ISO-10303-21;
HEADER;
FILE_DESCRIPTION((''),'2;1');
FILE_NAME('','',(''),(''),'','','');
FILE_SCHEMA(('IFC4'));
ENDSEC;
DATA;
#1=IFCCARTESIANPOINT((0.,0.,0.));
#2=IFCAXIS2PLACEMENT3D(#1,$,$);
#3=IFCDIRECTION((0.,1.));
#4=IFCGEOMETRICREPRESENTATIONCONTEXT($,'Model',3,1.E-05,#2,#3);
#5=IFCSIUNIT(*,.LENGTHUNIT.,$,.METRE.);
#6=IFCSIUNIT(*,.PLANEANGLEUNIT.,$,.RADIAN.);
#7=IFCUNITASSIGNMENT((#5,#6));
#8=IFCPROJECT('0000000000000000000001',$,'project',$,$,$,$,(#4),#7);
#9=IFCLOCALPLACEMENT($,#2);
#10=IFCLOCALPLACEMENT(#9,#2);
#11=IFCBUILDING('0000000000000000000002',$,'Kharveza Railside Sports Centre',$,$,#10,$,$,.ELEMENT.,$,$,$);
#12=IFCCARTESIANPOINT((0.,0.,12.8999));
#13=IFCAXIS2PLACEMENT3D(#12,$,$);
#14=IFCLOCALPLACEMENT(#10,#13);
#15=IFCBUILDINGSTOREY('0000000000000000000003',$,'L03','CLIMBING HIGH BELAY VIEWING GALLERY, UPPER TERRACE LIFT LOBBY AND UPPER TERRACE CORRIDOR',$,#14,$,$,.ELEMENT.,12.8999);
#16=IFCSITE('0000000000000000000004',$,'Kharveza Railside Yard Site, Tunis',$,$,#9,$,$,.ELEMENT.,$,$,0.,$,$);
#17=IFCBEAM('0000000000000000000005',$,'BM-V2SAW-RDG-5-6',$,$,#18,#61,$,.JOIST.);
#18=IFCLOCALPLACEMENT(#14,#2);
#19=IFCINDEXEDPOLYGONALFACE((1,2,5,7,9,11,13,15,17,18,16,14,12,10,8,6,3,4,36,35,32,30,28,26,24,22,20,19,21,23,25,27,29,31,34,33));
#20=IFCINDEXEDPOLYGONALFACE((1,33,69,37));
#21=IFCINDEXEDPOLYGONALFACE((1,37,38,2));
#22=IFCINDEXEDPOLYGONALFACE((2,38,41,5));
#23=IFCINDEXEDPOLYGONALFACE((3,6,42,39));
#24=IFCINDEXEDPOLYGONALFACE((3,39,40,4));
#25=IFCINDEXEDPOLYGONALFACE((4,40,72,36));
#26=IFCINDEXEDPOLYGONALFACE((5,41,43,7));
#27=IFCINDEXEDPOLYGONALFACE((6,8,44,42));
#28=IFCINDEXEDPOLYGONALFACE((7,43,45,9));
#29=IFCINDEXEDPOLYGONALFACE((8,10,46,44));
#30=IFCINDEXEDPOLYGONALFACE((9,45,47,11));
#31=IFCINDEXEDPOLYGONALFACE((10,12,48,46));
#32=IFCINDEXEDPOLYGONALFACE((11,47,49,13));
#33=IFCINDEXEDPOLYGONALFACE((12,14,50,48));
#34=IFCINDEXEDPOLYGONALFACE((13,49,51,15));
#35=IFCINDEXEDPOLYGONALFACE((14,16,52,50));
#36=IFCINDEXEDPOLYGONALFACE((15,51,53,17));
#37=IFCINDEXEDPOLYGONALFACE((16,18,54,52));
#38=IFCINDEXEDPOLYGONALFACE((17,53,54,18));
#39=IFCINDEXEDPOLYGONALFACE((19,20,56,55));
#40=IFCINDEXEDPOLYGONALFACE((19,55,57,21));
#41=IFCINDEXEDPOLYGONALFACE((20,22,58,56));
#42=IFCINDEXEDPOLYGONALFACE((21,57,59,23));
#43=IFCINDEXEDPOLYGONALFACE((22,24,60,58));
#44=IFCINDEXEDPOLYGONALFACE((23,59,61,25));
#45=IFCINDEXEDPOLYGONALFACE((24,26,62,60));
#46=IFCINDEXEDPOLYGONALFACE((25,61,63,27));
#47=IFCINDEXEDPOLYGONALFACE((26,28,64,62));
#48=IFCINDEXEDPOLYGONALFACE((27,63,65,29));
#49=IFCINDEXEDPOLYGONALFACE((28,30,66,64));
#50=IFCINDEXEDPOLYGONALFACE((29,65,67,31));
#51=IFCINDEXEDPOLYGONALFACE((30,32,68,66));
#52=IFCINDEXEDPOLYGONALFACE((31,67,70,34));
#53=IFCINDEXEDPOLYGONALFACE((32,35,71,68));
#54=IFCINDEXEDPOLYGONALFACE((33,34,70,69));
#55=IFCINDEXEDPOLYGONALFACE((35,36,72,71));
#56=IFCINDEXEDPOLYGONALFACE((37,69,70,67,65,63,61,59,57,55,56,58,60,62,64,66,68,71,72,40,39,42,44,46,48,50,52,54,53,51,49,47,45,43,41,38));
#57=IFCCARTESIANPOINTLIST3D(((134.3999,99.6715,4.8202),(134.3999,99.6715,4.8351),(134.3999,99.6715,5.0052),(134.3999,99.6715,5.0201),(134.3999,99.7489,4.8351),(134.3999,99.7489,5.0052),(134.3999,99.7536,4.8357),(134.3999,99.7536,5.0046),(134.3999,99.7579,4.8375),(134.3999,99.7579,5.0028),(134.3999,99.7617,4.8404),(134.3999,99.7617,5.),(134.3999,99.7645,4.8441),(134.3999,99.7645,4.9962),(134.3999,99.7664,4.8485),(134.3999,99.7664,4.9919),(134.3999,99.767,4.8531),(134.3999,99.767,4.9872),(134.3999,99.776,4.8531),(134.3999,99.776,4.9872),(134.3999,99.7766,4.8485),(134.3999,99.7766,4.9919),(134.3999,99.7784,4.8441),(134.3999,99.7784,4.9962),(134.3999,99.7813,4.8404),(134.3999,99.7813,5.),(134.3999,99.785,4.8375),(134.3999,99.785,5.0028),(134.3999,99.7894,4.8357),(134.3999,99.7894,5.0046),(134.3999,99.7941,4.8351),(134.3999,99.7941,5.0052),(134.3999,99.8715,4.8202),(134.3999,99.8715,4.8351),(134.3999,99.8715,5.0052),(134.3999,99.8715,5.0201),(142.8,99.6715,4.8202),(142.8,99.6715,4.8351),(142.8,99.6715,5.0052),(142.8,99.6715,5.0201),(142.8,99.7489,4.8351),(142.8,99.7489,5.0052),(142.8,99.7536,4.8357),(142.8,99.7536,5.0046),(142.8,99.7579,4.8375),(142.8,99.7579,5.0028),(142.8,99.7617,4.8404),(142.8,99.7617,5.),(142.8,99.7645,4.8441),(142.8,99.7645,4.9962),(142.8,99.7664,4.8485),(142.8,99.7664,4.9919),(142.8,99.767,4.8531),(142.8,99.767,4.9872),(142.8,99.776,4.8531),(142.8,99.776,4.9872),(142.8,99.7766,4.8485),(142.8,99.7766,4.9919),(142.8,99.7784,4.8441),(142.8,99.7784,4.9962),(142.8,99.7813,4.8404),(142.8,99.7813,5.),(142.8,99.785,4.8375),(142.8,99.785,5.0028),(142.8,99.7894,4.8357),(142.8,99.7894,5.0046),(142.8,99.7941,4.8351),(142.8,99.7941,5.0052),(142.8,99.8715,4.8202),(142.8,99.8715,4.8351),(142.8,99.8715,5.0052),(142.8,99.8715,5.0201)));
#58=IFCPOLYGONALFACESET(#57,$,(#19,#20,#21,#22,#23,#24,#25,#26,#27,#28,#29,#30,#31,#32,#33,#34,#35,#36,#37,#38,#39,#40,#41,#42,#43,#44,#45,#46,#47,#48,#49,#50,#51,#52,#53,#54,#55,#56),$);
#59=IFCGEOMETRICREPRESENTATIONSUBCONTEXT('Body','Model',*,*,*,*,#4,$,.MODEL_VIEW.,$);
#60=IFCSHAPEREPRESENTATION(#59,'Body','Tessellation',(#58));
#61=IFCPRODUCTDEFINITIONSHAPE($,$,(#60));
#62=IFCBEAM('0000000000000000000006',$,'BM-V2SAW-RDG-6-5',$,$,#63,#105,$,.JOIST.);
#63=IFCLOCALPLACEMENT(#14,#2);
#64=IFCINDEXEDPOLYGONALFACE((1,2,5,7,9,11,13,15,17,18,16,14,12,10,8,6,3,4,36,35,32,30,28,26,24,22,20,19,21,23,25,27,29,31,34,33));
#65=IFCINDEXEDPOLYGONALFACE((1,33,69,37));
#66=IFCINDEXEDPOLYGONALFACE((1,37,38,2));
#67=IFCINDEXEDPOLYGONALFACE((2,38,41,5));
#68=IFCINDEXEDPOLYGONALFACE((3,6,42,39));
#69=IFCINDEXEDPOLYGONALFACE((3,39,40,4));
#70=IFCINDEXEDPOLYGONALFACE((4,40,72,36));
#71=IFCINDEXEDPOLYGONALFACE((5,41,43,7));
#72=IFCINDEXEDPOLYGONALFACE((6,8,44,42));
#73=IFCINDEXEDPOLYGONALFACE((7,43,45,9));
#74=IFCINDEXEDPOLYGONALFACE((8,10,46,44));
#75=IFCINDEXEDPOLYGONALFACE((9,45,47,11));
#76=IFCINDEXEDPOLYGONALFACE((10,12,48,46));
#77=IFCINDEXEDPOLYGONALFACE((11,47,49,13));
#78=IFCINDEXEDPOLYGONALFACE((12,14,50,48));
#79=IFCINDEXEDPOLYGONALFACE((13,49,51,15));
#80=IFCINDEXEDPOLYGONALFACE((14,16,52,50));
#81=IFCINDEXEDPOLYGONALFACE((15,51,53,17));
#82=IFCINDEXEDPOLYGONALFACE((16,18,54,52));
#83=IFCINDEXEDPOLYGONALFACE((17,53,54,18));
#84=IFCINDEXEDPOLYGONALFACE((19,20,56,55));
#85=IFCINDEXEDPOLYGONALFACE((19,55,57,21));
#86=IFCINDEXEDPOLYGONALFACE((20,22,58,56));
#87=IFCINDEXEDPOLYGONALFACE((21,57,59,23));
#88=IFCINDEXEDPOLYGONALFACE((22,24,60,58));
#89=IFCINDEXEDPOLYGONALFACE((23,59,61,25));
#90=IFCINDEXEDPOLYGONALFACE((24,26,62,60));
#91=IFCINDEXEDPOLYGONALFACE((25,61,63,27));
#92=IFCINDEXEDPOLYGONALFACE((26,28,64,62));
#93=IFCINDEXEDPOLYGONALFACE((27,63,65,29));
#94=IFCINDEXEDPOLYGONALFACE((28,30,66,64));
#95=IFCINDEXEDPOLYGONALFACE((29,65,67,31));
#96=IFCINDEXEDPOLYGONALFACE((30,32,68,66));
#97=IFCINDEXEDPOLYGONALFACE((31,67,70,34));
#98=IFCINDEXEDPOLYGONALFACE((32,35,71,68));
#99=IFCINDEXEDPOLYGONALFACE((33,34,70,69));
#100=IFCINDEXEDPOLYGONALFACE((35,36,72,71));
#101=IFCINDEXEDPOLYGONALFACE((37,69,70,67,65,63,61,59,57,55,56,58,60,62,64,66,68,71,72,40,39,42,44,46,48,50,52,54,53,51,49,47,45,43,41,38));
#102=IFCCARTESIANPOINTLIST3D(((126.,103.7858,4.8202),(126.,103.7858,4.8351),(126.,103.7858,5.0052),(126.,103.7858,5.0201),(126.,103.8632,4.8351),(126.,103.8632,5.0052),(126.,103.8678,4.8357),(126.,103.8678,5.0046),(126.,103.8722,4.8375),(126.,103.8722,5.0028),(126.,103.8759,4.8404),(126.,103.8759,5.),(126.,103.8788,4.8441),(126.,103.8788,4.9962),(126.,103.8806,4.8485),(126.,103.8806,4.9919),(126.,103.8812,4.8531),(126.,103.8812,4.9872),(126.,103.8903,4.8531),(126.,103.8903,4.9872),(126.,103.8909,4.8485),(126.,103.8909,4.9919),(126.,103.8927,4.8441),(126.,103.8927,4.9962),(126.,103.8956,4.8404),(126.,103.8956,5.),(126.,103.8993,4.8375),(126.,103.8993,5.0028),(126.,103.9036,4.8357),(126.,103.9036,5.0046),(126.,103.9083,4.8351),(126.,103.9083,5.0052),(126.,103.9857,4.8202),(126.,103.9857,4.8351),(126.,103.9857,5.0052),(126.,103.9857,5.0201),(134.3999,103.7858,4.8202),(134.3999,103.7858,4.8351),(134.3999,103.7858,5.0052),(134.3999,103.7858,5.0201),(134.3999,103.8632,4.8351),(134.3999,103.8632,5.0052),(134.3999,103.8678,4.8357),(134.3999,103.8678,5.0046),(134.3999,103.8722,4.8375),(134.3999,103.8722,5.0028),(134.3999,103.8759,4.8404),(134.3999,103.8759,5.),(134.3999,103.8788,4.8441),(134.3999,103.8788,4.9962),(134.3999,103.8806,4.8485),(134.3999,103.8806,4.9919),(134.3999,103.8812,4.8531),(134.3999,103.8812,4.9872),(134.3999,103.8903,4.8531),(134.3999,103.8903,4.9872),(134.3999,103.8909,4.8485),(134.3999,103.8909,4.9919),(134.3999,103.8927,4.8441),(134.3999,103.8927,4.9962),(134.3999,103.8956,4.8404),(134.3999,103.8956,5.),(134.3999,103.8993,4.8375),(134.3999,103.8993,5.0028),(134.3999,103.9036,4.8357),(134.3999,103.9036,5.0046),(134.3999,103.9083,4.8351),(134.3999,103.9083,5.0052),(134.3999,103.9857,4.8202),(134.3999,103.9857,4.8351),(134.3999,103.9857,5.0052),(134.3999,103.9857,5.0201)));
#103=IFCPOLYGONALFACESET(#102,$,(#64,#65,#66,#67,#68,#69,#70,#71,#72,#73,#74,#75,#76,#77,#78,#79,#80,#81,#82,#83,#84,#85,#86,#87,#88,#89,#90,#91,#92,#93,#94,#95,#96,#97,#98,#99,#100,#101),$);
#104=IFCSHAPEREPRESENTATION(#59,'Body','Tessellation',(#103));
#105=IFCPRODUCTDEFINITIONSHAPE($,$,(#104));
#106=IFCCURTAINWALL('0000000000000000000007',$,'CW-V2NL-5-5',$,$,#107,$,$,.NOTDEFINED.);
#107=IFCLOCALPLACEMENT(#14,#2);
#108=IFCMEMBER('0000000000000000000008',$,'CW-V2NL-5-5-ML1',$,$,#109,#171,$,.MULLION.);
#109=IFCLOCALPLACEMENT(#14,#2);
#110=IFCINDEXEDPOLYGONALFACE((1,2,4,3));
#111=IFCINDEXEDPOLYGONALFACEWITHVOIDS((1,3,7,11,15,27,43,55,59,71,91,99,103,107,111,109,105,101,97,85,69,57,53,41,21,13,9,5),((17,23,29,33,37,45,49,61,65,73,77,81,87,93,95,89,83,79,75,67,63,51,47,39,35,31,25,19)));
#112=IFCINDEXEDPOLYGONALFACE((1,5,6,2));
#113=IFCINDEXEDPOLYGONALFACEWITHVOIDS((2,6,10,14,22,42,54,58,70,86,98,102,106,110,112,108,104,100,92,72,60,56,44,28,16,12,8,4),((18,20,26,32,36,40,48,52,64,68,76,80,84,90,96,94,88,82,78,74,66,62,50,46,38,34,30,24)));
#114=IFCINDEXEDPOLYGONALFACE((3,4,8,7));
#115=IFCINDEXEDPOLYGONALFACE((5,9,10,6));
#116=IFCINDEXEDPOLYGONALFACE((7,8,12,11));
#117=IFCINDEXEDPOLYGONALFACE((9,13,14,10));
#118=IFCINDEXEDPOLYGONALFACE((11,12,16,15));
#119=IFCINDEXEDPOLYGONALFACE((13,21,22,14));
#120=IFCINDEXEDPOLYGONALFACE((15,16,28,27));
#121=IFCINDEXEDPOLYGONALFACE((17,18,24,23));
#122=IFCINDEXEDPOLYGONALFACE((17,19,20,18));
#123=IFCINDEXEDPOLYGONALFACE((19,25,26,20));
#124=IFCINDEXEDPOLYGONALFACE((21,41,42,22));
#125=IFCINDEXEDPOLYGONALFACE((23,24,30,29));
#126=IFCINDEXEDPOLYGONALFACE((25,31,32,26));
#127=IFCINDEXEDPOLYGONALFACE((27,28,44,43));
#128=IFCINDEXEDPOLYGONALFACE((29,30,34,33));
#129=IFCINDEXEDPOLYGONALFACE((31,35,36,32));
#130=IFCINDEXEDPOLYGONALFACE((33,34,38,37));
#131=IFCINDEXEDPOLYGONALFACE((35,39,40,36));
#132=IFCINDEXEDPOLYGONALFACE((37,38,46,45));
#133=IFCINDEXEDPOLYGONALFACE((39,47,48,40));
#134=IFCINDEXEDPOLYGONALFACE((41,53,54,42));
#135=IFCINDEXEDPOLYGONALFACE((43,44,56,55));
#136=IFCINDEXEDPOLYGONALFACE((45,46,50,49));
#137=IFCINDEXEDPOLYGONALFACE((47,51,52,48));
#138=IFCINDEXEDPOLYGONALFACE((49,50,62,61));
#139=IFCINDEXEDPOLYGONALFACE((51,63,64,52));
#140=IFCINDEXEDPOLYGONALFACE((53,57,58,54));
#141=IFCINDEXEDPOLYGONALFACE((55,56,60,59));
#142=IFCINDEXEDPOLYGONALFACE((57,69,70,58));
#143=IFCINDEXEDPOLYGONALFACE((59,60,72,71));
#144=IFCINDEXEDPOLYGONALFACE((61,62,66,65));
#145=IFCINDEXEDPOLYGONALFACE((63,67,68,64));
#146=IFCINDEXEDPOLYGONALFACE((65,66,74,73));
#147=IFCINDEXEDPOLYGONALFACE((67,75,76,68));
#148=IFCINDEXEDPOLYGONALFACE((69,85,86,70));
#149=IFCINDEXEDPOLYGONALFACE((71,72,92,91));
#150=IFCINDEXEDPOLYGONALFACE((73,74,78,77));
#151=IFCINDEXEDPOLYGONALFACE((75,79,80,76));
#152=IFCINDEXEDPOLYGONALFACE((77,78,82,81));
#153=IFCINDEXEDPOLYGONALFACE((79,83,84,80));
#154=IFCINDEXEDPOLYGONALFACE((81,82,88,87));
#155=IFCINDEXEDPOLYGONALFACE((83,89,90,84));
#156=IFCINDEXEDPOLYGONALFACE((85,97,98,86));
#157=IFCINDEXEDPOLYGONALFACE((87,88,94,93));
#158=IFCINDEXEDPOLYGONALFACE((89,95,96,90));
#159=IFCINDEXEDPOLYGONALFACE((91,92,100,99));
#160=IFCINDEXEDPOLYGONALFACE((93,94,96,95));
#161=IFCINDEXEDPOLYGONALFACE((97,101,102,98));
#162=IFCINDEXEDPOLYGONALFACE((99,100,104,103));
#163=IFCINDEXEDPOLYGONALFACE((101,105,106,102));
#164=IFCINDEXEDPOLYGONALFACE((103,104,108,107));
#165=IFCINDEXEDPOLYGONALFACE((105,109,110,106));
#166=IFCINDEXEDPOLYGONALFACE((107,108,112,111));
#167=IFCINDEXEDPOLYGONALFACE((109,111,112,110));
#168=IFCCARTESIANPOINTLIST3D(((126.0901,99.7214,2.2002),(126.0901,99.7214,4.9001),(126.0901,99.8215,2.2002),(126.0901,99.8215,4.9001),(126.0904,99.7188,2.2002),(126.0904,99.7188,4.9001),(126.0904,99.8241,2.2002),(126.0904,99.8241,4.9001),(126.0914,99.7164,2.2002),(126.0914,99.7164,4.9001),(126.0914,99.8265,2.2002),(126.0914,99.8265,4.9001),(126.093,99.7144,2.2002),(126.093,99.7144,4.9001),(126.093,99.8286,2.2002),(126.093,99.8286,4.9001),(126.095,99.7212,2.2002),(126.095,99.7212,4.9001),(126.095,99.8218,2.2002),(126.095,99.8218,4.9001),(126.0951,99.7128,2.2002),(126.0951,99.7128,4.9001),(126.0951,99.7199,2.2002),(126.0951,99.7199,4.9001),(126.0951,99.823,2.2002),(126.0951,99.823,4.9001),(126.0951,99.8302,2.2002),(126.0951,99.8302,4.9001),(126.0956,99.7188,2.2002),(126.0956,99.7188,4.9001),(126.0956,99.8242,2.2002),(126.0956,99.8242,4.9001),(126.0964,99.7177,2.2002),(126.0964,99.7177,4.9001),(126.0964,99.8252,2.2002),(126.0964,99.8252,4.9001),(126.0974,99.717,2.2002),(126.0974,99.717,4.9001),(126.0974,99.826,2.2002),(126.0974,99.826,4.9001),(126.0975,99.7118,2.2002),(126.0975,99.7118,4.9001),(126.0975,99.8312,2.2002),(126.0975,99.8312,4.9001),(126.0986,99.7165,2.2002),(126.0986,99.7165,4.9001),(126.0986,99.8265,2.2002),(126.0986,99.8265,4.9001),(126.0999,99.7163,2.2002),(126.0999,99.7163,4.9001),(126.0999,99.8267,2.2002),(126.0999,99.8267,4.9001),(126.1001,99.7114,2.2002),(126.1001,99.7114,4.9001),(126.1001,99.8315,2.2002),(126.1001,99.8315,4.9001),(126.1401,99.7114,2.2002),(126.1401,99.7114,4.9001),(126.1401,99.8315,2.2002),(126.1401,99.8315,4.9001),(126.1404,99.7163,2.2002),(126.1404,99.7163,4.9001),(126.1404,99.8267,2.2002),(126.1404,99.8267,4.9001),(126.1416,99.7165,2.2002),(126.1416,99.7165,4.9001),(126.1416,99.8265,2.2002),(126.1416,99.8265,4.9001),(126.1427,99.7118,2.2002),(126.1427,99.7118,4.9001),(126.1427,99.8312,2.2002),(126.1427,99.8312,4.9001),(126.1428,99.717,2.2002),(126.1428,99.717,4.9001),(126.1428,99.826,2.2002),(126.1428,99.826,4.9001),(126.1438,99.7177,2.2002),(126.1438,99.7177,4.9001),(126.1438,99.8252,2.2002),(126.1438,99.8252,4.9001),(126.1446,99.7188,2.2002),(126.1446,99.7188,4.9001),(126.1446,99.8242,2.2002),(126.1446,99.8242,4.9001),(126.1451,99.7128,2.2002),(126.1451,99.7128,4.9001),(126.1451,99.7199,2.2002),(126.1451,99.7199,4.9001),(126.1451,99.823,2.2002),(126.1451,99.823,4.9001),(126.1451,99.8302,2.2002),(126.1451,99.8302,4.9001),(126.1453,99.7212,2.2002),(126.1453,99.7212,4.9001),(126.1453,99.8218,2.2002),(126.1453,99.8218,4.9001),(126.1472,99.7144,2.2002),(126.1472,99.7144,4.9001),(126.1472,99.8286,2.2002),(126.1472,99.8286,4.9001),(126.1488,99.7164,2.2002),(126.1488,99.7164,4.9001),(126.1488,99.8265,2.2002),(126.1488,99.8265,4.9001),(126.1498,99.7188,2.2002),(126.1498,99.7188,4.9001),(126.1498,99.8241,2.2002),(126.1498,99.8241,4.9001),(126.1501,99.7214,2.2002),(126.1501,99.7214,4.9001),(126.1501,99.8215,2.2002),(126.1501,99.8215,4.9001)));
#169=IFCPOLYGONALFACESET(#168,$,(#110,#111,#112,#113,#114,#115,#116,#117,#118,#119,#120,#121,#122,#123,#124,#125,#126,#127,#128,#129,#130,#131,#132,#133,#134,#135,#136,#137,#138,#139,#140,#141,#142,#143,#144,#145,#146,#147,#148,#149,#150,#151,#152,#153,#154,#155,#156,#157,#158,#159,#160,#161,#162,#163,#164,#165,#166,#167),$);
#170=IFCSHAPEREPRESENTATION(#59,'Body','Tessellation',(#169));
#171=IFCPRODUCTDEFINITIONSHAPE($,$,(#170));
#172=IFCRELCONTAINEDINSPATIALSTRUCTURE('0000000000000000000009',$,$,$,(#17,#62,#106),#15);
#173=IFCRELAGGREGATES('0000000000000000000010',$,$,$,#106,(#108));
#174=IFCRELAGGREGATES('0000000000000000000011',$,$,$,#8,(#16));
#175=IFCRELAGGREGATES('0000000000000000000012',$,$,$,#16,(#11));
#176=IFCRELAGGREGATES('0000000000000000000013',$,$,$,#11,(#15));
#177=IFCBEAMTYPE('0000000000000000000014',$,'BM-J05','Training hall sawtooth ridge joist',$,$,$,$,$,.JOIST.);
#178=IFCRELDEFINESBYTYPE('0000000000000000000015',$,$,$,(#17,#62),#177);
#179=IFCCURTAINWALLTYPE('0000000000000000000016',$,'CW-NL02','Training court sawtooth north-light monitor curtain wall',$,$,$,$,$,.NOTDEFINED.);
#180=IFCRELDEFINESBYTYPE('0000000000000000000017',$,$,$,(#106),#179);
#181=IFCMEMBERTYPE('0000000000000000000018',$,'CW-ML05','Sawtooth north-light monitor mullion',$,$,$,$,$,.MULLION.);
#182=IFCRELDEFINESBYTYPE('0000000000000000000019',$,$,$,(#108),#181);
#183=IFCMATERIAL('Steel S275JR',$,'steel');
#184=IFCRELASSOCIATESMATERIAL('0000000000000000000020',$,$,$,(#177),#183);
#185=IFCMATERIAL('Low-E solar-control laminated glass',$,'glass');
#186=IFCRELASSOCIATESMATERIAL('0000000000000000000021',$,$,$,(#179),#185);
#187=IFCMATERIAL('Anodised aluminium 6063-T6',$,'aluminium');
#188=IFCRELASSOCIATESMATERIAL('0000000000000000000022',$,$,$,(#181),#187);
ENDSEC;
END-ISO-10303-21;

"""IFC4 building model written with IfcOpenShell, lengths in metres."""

from ifc_helpers import new_model, si_unit, direction, frame, origin, origin_2d, place, context, subcontext, project, spatial, hollow_rectangle, i_section, extrude, material, material_profile, profile_set, type_object, element, aggregate, save


model = new_model("IFC4")

# Units and contexts
model_context = context("Model", 3, precision=1e-05, world=origin(), true_north=direction((0.0, 1.0)))
body_context = subcontext(model_context, "Body", "Model", "MODEL_VIEW")
ifc_project = project(units=[si_unit("LENGTHUNIT", "METRE"), si_unit("PLANEANGLEUNIT", "RADIAN")], contexts=[model_context])

# Site, building, storey
site_placement = place(None, origin())
site = spatial("IfcSite", under=ifc_project, at=site_placement, Name="Kharveza Railside Yard Site, Tunis", CompositionType="ELEMENT", RefElevation=0.0)
building_placement = place(site_placement, origin())
building = spatial("IfcBuilding", under=site, at=building_placement, Name="Kharveza Railside Sports Centre", CompositionType="ELEMENT")
storey_placement = place(building_placement, frame((0.0, 0.0, 12.8999)))
storey = spatial("IfcBuildingStorey", under=building, at=storey_placement, Name="L03", Description="CLIMBING HIGH BELAY VIEWING GALLERY, UPPER TERRACE LIFT LOBBY AND UPPER TERRACE CORRIDOR", CompositionType="ELEMENT", Elevation=12.8999)

# Beams
ifc_material_1 = material(Name="Steel S275JR", Category="steel")
ifc_material_profile_1 = material_profile(ifc_material_1, i_section(OverallWidth=0.2, OverallDepth=0.2, WebThickness=0.009, FlangeThickness=0.0149, FilletRadius=0.0181, at=origin_2d()), Name="HEB 200")
ifc_profile_set_1 = profile_set([ifc_material_profile_1], Name="Steel S275JR")
beam_type_1 = type_object("IfcBeamType", Name="BM-J05", Description="Training hall sawtooth ridge joist", PredefinedType="JOIST", material=ifc_profile_set_1)
beam_1_placement = place(storey_placement, frame((134.3999, 99.7715, 4.9202), z_axis=(1.0, 0.0, 0.0), x_axis=(0.0, 1.0, 0.0)))
element("IfcBeam", 1, at=beam_1_placement, inside=storey, type_object=beam_type_1, Name="BM-V2SAW-RDG-5-6", PredefinedType="JOIST", context=body_context, shape_type="SweptSolid", body=[
    extrude(i_section(OverallWidth=0.2, OverallDepth=0.2, WebThickness=0.009, FlangeThickness=0.0149, FilletRadius=0.0181, at=origin_2d()), origin(), (0.0, 0.0, 1.0), 8.4001),
])
beam_2_placement = place(storey_placement, frame((126.0, 103.8857, 4.9202), z_axis=(1.0, 0.0, 0.0), x_axis=(0.0, 1.0, 0.0)))
element("IfcBeam", 2, at=beam_2_placement, inside=storey, type_object=beam_type_1, Name="BM-V2SAW-RDG-6-5", PredefinedType="JOIST", context=body_context, shape_type="SweptSolid", body=[
    extrude(i_section(OverallWidth=0.2, OverallDepth=0.2, WebThickness=0.009, FlangeThickness=0.0149, FilletRadius=0.0181, at=origin_2d()), origin(), (0.0, 0.0, 1.0), 8.3999),
])

# Curtain wall, member
ifc_material_2 = material(Name="Low-E solar-control laminated glass", Category="glass")
curtain_wall_type = type_object("IfcCurtainWallType", Name="CW-NL02", Description="Training court sawtooth north-light monitor curtain wall", PredefinedType="NOTDEFINED", material=ifc_material_2)
curtain_wall_1_placement = place(storey_placement, origin())
curtain_wall_1 = element("IfcCurtainWall", 3, at=curtain_wall_1_placement, inside=storey, type_object=curtain_wall_type, Name="CW-V2NL-5-5", PredefinedType="NOTDEFINED")
ifc_material_3 = material(Name="Anodised aluminium 6063-T6", Category="aluminium")
ifc_material_profile_2 = material_profile(ifc_material_3, hollow_rectangle(XDim=0.0601, YDim=0.1201, WallThickness=0.0049, InnerFilletRadius=0.0049, OuterFilletRadius=0.01, at=origin_2d()), Name="RHS 60x120x5.0")
ifc_profile_set_2 = profile_set([ifc_material_profile_2], Name="Anodised aluminium 6063-T6")
member_type_1 = type_object("IfcMemberType", Name="CW-ML05", Description="Sawtooth north-light monitor mullion", PredefinedType="MULLION", material=ifc_profile_set_2)
member_1_placement = place(storey_placement, frame((126.1201, 99.7715, 2.2002), z_axis=(0.0, 0.0, 1.0), x_axis=(1.0, 0.0, 0.0)))
member_1 = element("IfcMember", 4, at=member_1_placement, type_object=member_type_1, Name="CW-V2NL-5-5-ML1", PredefinedType="MULLION", context=body_context, shape_type="SweptSolid", body=[
    extrude(hollow_rectangle(XDim=0.0601, YDim=0.1201, WallThickness=0.0049, InnerFilletRadius=0.0049, OuterFilletRadius=0.01, at=origin_2d()), origin(), (0.0, 0.0, 1.0), 2.7),
])

aggregate(curtain_wall_1, [member_1])

save(model, "model.ifc")
